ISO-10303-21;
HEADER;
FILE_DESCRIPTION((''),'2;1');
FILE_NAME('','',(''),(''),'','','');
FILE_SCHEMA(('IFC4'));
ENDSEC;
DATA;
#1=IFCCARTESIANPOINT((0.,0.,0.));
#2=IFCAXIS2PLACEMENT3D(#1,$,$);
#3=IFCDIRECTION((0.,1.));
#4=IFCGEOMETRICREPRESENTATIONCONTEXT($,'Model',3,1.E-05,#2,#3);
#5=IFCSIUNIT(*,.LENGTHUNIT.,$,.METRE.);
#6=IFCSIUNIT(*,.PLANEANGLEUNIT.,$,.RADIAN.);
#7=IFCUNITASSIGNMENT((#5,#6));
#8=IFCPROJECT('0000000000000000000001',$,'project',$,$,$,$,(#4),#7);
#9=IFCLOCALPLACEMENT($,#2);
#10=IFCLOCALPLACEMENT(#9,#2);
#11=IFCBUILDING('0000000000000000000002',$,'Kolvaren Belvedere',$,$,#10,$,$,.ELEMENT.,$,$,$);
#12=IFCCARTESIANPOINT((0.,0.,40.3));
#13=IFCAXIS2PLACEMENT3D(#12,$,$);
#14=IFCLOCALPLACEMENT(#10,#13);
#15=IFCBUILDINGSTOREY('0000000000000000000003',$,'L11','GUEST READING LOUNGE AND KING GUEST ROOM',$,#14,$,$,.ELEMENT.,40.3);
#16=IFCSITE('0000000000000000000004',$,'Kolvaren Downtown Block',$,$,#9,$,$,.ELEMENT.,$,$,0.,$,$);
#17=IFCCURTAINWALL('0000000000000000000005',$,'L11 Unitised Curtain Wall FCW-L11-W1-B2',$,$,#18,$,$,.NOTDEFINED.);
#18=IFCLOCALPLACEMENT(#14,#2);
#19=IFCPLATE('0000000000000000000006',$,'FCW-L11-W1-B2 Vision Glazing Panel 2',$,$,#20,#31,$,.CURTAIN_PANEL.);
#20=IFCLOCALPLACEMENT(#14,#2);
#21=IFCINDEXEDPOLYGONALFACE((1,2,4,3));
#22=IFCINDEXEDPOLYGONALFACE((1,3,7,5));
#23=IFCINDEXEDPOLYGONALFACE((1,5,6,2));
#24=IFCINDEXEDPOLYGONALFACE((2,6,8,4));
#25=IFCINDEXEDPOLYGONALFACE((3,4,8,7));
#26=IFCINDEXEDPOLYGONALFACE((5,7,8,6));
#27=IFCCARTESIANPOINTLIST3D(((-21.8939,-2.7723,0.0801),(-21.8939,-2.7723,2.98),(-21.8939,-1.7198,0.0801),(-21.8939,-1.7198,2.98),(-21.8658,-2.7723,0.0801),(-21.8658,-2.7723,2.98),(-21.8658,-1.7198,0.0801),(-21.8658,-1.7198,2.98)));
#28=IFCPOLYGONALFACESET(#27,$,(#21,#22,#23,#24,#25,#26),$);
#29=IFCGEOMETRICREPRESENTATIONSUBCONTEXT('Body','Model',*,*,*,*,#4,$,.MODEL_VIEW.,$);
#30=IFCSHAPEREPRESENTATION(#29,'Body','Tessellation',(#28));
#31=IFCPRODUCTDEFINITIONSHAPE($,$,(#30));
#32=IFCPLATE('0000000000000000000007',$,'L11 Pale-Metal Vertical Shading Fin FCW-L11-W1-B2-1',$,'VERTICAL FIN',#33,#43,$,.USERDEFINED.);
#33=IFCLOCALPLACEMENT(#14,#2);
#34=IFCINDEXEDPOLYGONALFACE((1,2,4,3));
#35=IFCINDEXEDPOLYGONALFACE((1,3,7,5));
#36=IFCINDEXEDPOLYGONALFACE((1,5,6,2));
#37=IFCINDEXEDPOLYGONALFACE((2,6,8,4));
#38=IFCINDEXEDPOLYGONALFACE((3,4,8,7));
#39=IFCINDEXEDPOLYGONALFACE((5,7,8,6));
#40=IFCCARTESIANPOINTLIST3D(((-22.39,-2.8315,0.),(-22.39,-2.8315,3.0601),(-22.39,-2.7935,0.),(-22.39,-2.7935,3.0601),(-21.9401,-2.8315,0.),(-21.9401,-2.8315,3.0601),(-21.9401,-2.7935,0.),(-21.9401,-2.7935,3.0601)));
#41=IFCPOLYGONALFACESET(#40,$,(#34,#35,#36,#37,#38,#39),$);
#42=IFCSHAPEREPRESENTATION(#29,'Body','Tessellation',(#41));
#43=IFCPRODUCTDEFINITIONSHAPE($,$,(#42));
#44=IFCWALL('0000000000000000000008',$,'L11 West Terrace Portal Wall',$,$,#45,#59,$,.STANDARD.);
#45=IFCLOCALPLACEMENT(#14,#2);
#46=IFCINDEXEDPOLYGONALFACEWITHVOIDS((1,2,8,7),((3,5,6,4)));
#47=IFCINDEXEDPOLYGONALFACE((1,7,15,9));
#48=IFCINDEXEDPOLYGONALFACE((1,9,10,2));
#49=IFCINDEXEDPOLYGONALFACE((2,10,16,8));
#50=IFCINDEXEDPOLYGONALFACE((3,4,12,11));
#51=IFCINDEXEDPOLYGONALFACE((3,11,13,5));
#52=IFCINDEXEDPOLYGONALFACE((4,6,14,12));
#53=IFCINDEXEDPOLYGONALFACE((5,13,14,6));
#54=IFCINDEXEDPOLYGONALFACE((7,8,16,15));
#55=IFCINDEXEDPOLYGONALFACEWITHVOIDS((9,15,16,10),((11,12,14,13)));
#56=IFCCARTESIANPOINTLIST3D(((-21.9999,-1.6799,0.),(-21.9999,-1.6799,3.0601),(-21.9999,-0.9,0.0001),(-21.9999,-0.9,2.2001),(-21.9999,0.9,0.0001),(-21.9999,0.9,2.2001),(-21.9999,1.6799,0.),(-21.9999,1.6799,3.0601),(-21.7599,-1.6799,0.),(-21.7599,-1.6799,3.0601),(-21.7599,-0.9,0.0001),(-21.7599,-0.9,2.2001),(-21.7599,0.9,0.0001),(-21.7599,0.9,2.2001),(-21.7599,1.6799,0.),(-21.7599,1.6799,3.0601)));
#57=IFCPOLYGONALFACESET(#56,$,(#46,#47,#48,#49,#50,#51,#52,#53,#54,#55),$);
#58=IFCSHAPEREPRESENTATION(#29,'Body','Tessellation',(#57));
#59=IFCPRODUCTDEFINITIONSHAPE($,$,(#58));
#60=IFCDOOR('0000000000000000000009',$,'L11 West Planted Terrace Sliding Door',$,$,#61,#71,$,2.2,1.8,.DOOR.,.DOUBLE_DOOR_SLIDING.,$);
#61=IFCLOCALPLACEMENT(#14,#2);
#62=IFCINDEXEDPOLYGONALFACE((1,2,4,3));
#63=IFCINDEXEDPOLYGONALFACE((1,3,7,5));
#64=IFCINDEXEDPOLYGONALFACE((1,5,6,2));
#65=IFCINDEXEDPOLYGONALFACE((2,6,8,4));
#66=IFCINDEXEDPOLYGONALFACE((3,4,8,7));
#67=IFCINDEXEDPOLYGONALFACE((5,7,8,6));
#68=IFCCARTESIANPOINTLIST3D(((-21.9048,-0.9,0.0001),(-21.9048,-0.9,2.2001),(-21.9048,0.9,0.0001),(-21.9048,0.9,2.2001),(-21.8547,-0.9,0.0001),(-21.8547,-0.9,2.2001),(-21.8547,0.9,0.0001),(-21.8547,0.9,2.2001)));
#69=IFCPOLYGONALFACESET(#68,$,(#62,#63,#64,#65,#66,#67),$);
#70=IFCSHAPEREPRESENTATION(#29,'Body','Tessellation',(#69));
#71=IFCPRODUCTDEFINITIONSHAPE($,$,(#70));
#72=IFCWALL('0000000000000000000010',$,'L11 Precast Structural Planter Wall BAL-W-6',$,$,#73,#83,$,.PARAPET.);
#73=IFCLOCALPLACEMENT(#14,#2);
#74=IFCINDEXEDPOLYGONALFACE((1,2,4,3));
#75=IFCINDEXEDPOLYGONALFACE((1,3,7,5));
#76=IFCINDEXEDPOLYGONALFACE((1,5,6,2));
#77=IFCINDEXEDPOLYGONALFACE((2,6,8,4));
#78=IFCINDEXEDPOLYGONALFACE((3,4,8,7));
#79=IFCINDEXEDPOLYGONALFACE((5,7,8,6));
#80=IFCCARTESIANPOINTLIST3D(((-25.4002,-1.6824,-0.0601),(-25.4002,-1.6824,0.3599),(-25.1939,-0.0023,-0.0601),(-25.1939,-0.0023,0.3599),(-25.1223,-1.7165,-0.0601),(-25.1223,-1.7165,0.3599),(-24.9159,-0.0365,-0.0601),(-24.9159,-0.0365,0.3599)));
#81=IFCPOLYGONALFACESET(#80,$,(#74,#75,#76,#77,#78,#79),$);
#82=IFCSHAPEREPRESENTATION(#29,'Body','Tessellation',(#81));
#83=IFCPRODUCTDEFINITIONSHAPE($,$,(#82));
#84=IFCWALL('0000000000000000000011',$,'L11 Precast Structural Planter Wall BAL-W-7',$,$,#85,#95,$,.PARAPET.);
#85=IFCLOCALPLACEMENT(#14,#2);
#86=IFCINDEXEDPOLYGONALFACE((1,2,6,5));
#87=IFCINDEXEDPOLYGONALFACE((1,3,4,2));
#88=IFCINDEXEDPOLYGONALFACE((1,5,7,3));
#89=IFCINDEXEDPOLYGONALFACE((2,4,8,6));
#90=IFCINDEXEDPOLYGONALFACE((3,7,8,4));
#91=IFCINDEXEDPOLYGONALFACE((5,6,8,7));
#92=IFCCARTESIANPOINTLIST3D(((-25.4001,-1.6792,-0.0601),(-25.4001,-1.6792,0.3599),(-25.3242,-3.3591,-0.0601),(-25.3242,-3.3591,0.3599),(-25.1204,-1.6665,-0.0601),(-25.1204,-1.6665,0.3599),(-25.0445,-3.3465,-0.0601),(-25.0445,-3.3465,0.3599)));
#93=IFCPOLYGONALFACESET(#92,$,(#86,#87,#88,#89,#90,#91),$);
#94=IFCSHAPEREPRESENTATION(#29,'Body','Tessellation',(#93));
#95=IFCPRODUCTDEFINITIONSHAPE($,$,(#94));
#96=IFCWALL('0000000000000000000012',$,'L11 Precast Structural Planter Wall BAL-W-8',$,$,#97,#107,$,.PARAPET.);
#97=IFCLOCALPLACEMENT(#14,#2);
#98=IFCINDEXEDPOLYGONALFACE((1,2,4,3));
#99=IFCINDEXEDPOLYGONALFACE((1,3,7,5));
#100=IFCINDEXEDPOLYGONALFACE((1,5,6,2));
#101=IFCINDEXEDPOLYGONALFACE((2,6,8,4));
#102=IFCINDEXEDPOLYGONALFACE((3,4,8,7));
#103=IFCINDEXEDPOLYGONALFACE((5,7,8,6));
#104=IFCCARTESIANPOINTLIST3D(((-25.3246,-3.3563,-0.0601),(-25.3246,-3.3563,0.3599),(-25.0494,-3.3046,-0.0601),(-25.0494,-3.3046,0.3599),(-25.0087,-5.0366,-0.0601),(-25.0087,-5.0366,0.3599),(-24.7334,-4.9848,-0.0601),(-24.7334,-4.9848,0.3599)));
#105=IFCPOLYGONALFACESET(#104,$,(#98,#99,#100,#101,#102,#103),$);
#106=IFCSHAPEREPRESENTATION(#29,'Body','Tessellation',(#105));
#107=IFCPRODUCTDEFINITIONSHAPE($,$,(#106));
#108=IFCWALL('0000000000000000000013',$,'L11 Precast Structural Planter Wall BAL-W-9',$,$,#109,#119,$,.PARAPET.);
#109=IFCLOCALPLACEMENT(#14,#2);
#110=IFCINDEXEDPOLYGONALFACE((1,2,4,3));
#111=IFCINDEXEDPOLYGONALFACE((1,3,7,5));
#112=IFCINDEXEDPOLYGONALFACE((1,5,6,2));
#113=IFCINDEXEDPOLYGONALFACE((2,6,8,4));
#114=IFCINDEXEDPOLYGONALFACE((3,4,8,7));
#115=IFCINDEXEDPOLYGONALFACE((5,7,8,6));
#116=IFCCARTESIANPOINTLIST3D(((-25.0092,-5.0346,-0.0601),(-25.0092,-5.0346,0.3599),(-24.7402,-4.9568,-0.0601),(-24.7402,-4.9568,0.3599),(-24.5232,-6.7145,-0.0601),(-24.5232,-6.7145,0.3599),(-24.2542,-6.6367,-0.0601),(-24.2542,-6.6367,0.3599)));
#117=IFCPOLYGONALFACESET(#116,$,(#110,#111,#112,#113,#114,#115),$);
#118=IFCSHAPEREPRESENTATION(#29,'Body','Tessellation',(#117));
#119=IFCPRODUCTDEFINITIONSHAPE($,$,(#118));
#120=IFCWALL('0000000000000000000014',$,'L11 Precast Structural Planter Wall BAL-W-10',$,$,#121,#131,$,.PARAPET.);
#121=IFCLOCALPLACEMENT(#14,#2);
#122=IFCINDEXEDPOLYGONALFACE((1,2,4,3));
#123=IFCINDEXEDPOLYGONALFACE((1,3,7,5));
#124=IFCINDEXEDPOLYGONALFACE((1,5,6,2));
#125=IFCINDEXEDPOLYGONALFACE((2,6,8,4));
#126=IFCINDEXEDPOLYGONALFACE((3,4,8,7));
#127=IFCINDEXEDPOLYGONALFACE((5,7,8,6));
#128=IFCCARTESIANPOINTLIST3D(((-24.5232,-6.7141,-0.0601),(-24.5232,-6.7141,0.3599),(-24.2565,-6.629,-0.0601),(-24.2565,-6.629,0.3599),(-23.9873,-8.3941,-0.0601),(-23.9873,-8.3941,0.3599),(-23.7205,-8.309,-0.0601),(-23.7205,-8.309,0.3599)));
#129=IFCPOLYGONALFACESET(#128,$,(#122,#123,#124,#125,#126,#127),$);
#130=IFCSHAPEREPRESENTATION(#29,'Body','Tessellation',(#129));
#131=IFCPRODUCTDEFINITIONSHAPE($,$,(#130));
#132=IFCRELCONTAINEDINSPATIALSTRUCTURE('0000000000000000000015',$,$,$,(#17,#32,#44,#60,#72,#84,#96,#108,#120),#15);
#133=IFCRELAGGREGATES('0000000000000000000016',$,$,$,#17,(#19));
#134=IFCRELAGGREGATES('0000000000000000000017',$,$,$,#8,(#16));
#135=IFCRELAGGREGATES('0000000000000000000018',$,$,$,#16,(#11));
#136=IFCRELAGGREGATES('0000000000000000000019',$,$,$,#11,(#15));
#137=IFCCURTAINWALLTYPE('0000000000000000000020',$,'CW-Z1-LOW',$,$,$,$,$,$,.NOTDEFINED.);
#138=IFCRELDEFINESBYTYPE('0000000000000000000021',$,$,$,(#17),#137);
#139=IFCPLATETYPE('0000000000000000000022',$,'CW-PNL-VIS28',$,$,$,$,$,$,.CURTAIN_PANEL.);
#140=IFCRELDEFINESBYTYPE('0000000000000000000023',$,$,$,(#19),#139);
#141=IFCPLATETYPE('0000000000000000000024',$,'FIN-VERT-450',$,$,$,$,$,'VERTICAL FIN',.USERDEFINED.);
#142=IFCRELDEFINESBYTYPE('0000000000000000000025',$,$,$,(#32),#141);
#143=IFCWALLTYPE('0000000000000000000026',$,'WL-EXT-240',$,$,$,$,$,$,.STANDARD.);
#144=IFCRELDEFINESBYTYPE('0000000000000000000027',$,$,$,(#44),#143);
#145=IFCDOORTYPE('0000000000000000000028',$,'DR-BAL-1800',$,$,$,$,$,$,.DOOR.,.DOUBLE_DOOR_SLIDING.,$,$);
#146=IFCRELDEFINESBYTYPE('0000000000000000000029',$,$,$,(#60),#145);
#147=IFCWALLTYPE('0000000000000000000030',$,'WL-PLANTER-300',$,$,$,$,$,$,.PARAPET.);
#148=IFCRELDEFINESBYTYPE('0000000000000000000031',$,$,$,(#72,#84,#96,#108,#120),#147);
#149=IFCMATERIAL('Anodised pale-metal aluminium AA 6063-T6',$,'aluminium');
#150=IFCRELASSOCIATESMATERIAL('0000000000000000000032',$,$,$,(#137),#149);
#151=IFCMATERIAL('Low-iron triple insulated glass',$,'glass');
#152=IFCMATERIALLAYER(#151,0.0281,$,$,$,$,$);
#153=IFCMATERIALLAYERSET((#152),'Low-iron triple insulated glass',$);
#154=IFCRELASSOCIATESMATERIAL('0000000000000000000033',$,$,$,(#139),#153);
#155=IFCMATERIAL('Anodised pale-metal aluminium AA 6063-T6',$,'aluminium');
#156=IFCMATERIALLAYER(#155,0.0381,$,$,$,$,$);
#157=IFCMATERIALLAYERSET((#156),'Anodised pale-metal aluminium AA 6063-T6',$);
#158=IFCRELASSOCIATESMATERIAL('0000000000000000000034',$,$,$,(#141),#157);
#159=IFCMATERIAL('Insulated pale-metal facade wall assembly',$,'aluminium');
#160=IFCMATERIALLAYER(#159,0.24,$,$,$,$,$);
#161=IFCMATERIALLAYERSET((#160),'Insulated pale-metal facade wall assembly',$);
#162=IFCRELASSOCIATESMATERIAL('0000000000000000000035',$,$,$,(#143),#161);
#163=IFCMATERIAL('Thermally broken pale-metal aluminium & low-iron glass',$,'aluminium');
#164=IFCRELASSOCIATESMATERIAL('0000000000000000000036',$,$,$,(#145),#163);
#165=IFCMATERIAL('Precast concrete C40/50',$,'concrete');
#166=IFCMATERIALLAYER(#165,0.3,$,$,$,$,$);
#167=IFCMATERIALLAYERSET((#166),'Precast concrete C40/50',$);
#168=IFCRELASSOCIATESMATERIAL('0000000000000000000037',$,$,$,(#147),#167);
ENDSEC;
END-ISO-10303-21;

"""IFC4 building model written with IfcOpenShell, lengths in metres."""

from ifc_helpers import new_model, si_unit, direction, frame, frame_2d, origin, origin_2d, place, context, subcontext, project, spatial, rectangle, extrude, material, layer, layer_set, type_object, element, fill, aggregate, save


model = new_model("IFC4")

# Units and contexts
model_context = context("Model", 3, precision=1e-05, world=origin(), true_north=direction((0.0, 1.0)))
body_context = subcontext(model_context, "Body", "Model", "MODEL_VIEW")
ifc_project = project(units=[si_unit("LENGTHUNIT", "METRE"), si_unit("PLANEANGLEUNIT", "RADIAN")], contexts=[model_context])

# Site, building, storey
site_placement = place(None, origin())
site = spatial("IfcSite", under=ifc_project, at=site_placement, Name="Kolvaren Downtown Block", CompositionType="ELEMENT", RefElevation=0.0)
building_placement = place(site_placement, origin())
building = spatial("IfcBuilding", under=site, at=building_placement, Name="Kolvaren Belvedere", CompositionType="ELEMENT")
storey_placement = place(building_placement, frame((0.0, 0.0, 40.3)))
storey = spatial("IfcBuildingStorey", under=building, at=storey_placement, Name="L11", Description="GUEST READING LOUNGE AND KING GUEST ROOM", CompositionType="ELEMENT", Elevation=40.3)

# Shared definitions
ifc_material_1 = material(Name="Anodised pale-metal aluminium AA 6063-T6", Category="aluminium")
curtain_wall_type = type_object("IfcCurtainWallType", Name="CW-Z1-LOW", PredefinedType="NOTDEFINED", material=ifc_material_1)

# Curtain wall
curtain_wall_1_placement = place(storey_placement, origin())
curtain_wall_1 = element("IfcCurtainWall", 1, at=curtain_wall_1_placement, inside=storey, type_object=curtain_wall_type, Name="L11 Unitised Curtain Wall FCW-L11-W1-B2", PredefinedType="NOTDEFINED")

# Plates
ifc_material_2 = material(Name="Low-iron triple insulated glass", Category="glass")
ifc_layer_1 = layer(ifc_material_2, 0.0281)
ifc_layer_set_1 = layer_set([ifc_layer_1], Name="Low-iron triple insulated glass")
plate_type_1 = type_object("IfcPlateType", Name="CW-PNL-VIS28", PredefinedType="CURTAIN_PANEL", material=ifc_layer_set_1)
plate_1_placement = place(storey_placement, frame((-21.8799, -2.2461, 0.0801), z_axis=(0.0, 0.0, 1.0), x_axis=(0.0, 1.0, 0.0)))
plate_1 = element("IfcPlate", 2, at=plate_1_placement, type_object=plate_type_1, Name="FCW-L11-W1-B2 Vision Glazing Panel 2", PredefinedType="CURTAIN_PANEL", context=body_context, shape_type="SweptSolid", body=[
    extrude(rectangle(XDim=1.0525, YDim=0.0281, at=origin_2d()), origin(), (0.0, 0.0, 1.0), 2.8999),
])
aggregate(curtain_wall_1, [plate_1])
ifc_material_3 = material(Name="Anodised pale-metal aluminium AA 6063-T6", Category="aluminium")
ifc_layer_2 = layer(ifc_material_3, 0.0381)
ifc_layer_set_2 = layer_set([ifc_layer_2], Name="Anodised pale-metal aluminium AA 6063-T6")
plate_type_2 = type_object("IfcPlateType", Name="FIN-VERT-450", ElementType="VERTICAL FIN", PredefinedType="USERDEFINED", material=ifc_layer_set_2)
plate_2_placement = place(storey_placement, frame((-22.165, -2.8125, 0.0), z_axis=(0.0, 0.0, 1.0), x_axis=(1.0, 0.0, 0.0)))
element("IfcPlate", 3, at=plate_2_placement, inside=storey, type_object=plate_type_2, Name="L11 Pale-Metal Vertical Shading Fin FCW-L11-W1-B2-1", ObjectType="VERTICAL FIN", PredefinedType="USERDEFINED", context=body_context, shape_type="SweptSolid", body=[
    extrude(rectangle(XDim=0.45, YDim=0.0381, at=origin_2d()), origin(), (0.0, 0.0, 1.0), 3.0601),
])

# Wall, opening, door
ifc_material_4 = material(Name="Insulated pale-metal facade wall assembly", Category="aluminium")
ifc_layer_3 = layer(ifc_material_4, 0.24)
ifc_layer_set_3 = layer_set([ifc_layer_3], Name="Insulated pale-metal facade wall assembly")
wall_type_1 = type_object("IfcWallType", Name="WL-EXT-240", PredefinedType="STANDARD", material=ifc_layer_set_3)
wall_1_placement = place(storey_placement, frame((-21.8799, -1.6799, 0.0), z_axis=(0.0, 0.0, 1.0), x_axis=(0.0, 1.0, 0.0)))
wall_1 = element("IfcWall", 4, at=wall_1_placement, inside=storey, type_object=wall_type_1, Name="L11 West Terrace Portal Wall", PredefinedType="STANDARD", context=body_context, shape_type="SweptSolid", body=[
    extrude(rectangle(XDim=3.3599, YDim=0.24, at=frame_2d((1.6799, 0.0))), origin(), (0.0, 0.0, 1.0), 3.0601),
])
opening_placement = place(wall_1_placement, frame((0.78, 0.0, 0.0)))
opening = element("IfcOpeningElement", 5, at=opening_placement, cuts=wall_1, PredefinedType="OPENING", context=body_context, shape_type="SweptSolid", body=[
    extrude(rectangle(XDim=1.8, YDim=2.2, at=frame_2d((0.8999, 1.1001))), frame((0.0, 0.1299, 0.0), z_axis=(0.0, -1.0, 0.0), x_axis=(1.0, 0.0, 0.0)), (0.0, 0.0, 1.0), 0.26),
])
ifc_material_5 = material(Name="Thermally broken pale-metal aluminium & low-iron glass", Category="aluminium")
door_type = type_object("IfcDoorType", Name="DR-BAL-1800", OperationType="DOUBLE_DOOR_SLIDING", PredefinedType="DOOR", material=ifc_material_5)
door_placement = place(opening_placement, origin())
door = element("IfcDoor", 6, at=door_placement, inside=storey, type_object=door_type, Name="L11 West Planted Terrace Sliding Door", OperationType="DOUBLE_DOOR_SLIDING", OverallHeight=2.2, OverallWidth=1.8, PredefinedType="DOOR", context=body_context, shape_type="SweptSolid", body=[
    extrude(rectangle(XDim=1.8, YDim=2.2, at=frame_2d((0.8999, 1.1001))), frame((0.0, 0.0249, 0.0), z_axis=(0.0, -1.0, 0.0), x_axis=(1.0, 0.0, 0.0)), (0.0, 0.0, 1.0), 0.05),
])
fill(opening, door)

# Walls
ifc_material_6 = material(Name="Precast concrete C40/50", Category="concrete")
ifc_layer_4 = layer(ifc_material_6, 0.3)
ifc_layer_set_4 = layer_set([ifc_layer_4], Name="Precast concrete C40/50")
wall_type_2 = type_object("IfcWallType", Name="WL-PLANTER-300", PredefinedType="PARAPET", material=ifc_layer_set_4)
wall_2_placement = place(storey_placement, frame((-25.0549, -0.0195, -0.0601), z_axis=(0.0, 0.0, 1.0), x_axis=(-0.121886, -0.992544, 0.0)))
element("IfcWall", 7, at=wall_2_placement, inside=storey, type_object=wall_type_2, Name="L11 Precast Structural Planter Wall BAL-W-6", PredefinedType="PARAPET", context=body_context, shape_type="SweptSolid", body=[
    extrude(rectangle(XDim=1.6926, YDim=0.28, at=frame_2d((0.8462, 0.0))), origin(), (0.0, 0.0, 1.0), 0.4199),
])
wall_3_placement = place(storey_placement, frame((-25.2603, -1.6729, -0.0601), z_axis=(0.0, 0.0, 1.0), x_axis=(0.045151, -0.99898, 0.0)))
element("IfcWall", 8, at=wall_3_placement, inside=storey, type_object=wall_type_2, Name="L11 Precast Structural Planter Wall BAL-W-7", PredefinedType="PARAPET", context=body_context, shape_type="SweptSolid", body=[
    extrude(rectangle(XDim=1.6816, YDim=0.28, at=frame_2d((0.8408, 0.0))), origin(), (0.0, 0.0, 1.0), 0.4199),
])
wall_4_placement = place(storey_placement, frame((-25.187, -3.3303, -0.0601), z_axis=(0.0, 0.0, 1.0), x_axis=(0.184789, -0.982778, 0.0)))
element("IfcWall", 9, at=wall_4_placement, inside=storey, type_object=wall_type_2, Name="L11 Precast Structural Planter Wall BAL-W-8", PredefinedType="PARAPET", context=body_context, shape_type="SweptSolid", body=[
    extrude(rectangle(XDim=1.7097, YDim=0.28, at=frame_2d((0.855, 0.0))), origin(), (0.0, 0.0, 1.0), 0.4199),
])
wall_5_placement = place(storey_placement, frame((-24.8748, -4.9956, -0.0601), z_axis=(0.0, 0.0, 1.0), x_axis=(0.277946, -0.960597, 0.0)))
element("IfcWall", 10, at=wall_5_placement, inside=storey, type_object=wall_type_2, Name="L11 Precast Structural Planter Wall BAL-W-9", PredefinedType="PARAPET", context=body_context, shape_type="SweptSolid", body=[
    extrude(rectangle(XDim=1.7488, YDim=0.28, at=frame_2d((0.8745, 0.0))), origin(), (0.0, 0.0, 1.0), 0.4199),
])
wall_6_placement = place(storey_placement, frame((-24.3899, -6.6714, -0.0601), z_axis=(0.0, 0.0, 1.0), x_axis=(0.303906, -0.952702, 0.0)))
element("IfcWall", 11, at=wall_6_placement, inside=storey, type_object=wall_type_2, Name="L11 Precast Structural Planter Wall BAL-W-10", PredefinedType="PARAPET", context=body_context, shape_type="SweptSolid", body=[
    extrude(rectangle(XDim=1.7634, YDim=0.28, at=frame_2d((0.8818, 0.0))), origin(), (0.0, 0.0, 1.0), 0.4199),
])

save(model, "model.ifc")
